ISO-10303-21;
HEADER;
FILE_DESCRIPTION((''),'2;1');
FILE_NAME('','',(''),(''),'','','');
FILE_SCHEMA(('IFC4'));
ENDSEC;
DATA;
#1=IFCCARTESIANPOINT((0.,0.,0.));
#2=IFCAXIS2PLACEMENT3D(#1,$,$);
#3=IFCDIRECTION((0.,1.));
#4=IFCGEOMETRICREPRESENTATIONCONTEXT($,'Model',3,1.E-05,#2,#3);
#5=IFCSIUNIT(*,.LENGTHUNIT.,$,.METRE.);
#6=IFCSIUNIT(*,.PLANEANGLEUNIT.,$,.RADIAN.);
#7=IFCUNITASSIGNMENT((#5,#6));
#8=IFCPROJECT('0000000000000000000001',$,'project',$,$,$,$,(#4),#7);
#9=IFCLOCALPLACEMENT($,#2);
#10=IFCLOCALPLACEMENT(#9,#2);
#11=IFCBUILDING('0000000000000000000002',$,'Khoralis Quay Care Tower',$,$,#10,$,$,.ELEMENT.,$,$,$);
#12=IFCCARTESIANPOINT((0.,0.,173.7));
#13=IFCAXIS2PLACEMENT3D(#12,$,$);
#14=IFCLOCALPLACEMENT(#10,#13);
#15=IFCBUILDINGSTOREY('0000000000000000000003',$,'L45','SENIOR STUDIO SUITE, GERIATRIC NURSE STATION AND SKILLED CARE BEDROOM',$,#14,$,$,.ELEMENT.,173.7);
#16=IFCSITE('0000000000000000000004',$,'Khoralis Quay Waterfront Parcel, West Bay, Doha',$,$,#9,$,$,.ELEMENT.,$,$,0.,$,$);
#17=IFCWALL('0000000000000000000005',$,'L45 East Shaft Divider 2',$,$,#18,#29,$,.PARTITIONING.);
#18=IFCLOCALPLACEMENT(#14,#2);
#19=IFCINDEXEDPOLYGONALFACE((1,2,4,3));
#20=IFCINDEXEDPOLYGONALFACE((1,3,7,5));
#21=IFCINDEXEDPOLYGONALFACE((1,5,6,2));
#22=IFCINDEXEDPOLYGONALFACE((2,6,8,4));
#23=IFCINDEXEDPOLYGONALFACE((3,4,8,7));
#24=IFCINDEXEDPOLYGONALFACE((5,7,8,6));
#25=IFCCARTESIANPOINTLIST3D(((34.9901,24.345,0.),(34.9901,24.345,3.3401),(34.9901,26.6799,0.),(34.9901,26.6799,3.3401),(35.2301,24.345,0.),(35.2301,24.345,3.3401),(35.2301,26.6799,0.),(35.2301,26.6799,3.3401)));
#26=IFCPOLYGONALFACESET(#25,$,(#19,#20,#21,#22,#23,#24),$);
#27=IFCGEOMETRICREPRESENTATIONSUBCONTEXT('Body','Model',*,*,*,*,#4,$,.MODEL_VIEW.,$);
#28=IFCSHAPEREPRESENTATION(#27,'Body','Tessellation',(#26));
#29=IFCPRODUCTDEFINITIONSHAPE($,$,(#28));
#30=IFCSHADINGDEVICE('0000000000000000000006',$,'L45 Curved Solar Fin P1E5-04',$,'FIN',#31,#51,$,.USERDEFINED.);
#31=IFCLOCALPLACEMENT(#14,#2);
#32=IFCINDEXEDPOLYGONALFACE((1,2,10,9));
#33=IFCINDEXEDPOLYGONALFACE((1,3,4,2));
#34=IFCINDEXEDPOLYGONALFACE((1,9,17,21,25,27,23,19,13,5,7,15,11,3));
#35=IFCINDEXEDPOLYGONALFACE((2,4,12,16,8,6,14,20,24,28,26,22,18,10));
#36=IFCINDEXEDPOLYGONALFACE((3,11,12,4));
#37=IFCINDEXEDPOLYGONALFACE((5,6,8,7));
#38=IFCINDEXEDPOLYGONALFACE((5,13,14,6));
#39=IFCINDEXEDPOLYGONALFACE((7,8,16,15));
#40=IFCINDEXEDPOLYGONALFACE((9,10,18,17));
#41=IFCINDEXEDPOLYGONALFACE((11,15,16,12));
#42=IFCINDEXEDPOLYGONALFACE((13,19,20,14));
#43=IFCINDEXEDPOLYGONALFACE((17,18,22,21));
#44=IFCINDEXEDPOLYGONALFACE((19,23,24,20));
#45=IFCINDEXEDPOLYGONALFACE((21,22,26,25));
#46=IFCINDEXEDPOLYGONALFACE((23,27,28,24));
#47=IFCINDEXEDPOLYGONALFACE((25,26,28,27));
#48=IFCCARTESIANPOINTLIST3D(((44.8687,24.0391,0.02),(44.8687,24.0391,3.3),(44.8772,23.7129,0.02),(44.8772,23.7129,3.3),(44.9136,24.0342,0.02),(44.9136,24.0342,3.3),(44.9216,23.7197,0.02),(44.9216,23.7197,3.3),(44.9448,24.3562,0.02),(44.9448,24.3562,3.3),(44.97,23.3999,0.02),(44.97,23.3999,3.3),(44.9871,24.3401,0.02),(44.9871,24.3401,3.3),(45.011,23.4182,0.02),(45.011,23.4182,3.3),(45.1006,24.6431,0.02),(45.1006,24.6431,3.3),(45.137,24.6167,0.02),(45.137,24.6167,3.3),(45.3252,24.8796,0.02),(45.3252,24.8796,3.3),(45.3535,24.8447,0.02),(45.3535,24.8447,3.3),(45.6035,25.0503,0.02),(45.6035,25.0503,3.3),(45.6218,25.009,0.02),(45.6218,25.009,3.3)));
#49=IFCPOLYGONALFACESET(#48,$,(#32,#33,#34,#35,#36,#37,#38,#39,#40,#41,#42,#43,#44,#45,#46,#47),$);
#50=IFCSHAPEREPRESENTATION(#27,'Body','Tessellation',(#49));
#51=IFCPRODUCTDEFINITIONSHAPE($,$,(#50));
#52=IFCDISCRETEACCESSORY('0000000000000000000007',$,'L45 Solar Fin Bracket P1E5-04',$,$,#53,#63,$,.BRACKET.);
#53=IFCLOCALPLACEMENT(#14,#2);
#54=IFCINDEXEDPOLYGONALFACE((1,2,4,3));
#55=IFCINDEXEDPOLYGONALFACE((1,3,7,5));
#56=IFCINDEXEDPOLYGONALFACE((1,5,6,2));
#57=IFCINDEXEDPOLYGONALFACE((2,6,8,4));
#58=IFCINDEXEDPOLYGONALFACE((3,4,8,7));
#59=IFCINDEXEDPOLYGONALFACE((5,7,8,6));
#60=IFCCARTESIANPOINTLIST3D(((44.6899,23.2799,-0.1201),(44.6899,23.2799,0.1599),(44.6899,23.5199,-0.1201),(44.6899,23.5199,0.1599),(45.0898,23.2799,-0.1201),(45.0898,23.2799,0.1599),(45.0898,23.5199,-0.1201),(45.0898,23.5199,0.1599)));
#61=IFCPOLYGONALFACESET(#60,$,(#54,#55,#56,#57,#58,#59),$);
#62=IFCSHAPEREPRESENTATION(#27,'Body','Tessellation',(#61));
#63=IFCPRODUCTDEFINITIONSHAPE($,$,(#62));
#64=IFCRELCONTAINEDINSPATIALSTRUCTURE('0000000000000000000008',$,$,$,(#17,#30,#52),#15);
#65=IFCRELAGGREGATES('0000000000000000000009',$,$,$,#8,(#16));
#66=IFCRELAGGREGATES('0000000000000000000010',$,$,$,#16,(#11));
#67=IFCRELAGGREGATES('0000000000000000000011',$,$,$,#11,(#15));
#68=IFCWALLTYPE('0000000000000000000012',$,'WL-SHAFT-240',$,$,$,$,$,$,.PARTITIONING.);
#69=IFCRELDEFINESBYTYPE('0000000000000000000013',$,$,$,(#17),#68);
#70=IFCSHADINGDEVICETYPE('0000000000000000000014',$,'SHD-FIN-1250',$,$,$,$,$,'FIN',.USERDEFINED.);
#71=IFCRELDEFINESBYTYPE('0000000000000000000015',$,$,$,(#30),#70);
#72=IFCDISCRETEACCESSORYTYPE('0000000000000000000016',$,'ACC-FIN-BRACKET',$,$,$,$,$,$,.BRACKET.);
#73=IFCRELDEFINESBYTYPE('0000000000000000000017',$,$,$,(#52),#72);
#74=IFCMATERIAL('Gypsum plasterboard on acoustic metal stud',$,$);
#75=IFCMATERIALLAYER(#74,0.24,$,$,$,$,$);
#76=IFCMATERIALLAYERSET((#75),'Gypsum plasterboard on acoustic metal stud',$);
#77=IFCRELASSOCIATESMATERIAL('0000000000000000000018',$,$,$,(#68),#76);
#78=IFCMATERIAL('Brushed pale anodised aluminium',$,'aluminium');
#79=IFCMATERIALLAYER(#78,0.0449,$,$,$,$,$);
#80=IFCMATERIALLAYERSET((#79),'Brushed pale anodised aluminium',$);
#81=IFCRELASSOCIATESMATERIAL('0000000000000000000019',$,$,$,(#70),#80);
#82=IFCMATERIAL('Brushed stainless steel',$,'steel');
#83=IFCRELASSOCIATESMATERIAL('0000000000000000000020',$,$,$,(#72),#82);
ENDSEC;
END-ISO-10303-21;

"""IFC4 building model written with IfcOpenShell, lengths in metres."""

from ifc_helpers import new_model, si_unit, direction, frame, frame_2d, origin, origin_2d, place, context, subcontext, project, spatial, polyline, rectangle, outline, extrude, source, transform, mapped, material, layer, layer_set, type_object, element, save


model = new_model("IFC4")

# Units and contexts
model_context = context("Model", 3, precision=1e-05, world=origin(), true_north=direction((0.0, 1.0)))
body_context = subcontext(model_context, "Body", "Model", "MODEL_VIEW")
ifc_project = project(units=[si_unit("LENGTHUNIT", "METRE"), si_unit("PLANEANGLEUNIT", "RADIAN")], contexts=[model_context])

# Site, building, storey
site_placement = place(None, origin())
site = spatial("IfcSite", under=ifc_project, at=site_placement, Name="Khoralis Quay Waterfront Parcel, West Bay, Doha", CompositionType="ELEMENT", RefElevation=0.0)
building_placement = place(site_placement, origin())
building = spatial("IfcBuilding", under=site, at=building_placement, Name="Khoralis Quay Care Tower", CompositionType="ELEMENT")
storey_placement = place(building_placement, frame((0.0, 0.0, 173.7)))
storey = spatial("IfcBuildingStorey", under=building, at=storey_placement, Name="L45", Description="SENIOR STUDIO SUITE, GERIATRIC NURSE STATION AND SKILLED CARE BEDROOM", CompositionType="ELEMENT", Elevation=173.7)

# Shared definitions
ifc_material_1 = material(Name="Brushed stainless steel", Category="steel")

# Wall
ifc_material_2 = material(Name="Gypsum plasterboard on acoustic metal stud")
ifc_layer_1 = layer(ifc_material_2, 0.24)
ifc_layer_set_1 = layer_set([ifc_layer_1], Name="Gypsum plasterboard on acoustic metal stud")
wall_type_1 = type_object("IfcWallType", Name="WL-SHAFT-240", PredefinedType="PARTITIONING", material=ifc_layer_set_1)
wall_1_placement = place(storey_placement, frame((35.1101, 24.345, 0.0), z_axis=(0.0, 0.0, 1.0), x_axis=(0.0, 1.0, 0.0)))
element("IfcWall", 1, at=wall_1_placement, inside=storey, type_object=wall_type_1, Name="L45 East Shaft Divider 2", PredefinedType="PARTITIONING", context=body_context, shape_type="SweptSolid", body=[
    extrude(rectangle(XDim=2.335, YDim=0.24, at=frame_2d((1.1675, 0.0))), origin(), (0.0, 0.0, 1.0), 3.3401),
])

# Shading device
ifc_material_3 = material(Name="Brushed pale anodised aluminium", Category="aluminium")
ifc_layer_2 = layer(ifc_material_3, 0.0449)
ifc_layer_set_2 = layer_set([ifc_layer_2], Name="Brushed pale anodised aluminium")
shading_device_type = type_object("IfcShadingDeviceType", Name="SHD-FIN-1250", ElementType="FIN", PredefinedType="USERDEFINED", material=ifc_layer_set_2)
shared_shape_1 = source(origin(), body_context, "Body", "SweptSolid", [
    extrude(outline(polyline([(0.0, 0.0), (-0.0928, 0.313), (-0.1013, 0.6392), (-0.0251, 0.9563), (0.1306, 1.2432), (0.3552, 1.4797), (0.6335, 1.6504), (0.6519, 1.6091), (0.3835, 1.4448), (0.167, 1.2168), (0.0171, 0.9402), (-0.0564, 0.6343), (-0.0483, 0.3198), (0.041, 0.0183), (0.0, 0.0)])), origin(), (0.0, 0.0, 1.0), 3.28),
])
shading_device_placement = place(storey_placement, frame((44.97, 23.3999, 0.02), z_axis=(0.0, 0.0, 1.0), x_axis=(1.0, 0.0, 0.0)))
element("IfcShadingDevice", 2, at=shading_device_placement, inside=storey, type_object=shading_device_type, Name="L45 Curved Solar Fin P1E5-04", ObjectType="FIN", PredefinedType="USERDEFINED", context=body_context, shape_type="MappedRepresentation", body=[
    mapped(shared_shape_1, transform((0.0, 0.0, 0.0), scale=1.0)),
])

# Discrete accessory
discrete_accessory_type = type_object("IfcDiscreteAccessoryType", Name="ACC-FIN-BRACKET", PredefinedType="BRACKET", material=ifc_material_1)
shared_shape_2 = source(origin(), body_context, "Body", "SweptSolid", [
    extrude(rectangle(XDim=0.3999, YDim=0.24, at=origin_2d()), origin(), (0.0, 0.0, 1.0), 0.28),
])
discrete_accessory_placement = place(storey_placement, frame((44.8899, 23.3999, -0.1201), z_axis=(0.0, 0.0, 1.0), x_axis=(1.0, 0.0, 0.0)))
element("IfcDiscreteAccessory", 3, at=discrete_accessory_placement, inside=storey, type_object=discrete_accessory_type, Name="L45 Solar Fin Bracket P1E5-04", PredefinedType="BRACKET", context=body_context, shape_type="MappedRepresentation", body=[
    mapped(shared_shape_2, transform((0.0, 0.0, 0.0), scale=1.0)),
])

save(model, "model.ifc")
